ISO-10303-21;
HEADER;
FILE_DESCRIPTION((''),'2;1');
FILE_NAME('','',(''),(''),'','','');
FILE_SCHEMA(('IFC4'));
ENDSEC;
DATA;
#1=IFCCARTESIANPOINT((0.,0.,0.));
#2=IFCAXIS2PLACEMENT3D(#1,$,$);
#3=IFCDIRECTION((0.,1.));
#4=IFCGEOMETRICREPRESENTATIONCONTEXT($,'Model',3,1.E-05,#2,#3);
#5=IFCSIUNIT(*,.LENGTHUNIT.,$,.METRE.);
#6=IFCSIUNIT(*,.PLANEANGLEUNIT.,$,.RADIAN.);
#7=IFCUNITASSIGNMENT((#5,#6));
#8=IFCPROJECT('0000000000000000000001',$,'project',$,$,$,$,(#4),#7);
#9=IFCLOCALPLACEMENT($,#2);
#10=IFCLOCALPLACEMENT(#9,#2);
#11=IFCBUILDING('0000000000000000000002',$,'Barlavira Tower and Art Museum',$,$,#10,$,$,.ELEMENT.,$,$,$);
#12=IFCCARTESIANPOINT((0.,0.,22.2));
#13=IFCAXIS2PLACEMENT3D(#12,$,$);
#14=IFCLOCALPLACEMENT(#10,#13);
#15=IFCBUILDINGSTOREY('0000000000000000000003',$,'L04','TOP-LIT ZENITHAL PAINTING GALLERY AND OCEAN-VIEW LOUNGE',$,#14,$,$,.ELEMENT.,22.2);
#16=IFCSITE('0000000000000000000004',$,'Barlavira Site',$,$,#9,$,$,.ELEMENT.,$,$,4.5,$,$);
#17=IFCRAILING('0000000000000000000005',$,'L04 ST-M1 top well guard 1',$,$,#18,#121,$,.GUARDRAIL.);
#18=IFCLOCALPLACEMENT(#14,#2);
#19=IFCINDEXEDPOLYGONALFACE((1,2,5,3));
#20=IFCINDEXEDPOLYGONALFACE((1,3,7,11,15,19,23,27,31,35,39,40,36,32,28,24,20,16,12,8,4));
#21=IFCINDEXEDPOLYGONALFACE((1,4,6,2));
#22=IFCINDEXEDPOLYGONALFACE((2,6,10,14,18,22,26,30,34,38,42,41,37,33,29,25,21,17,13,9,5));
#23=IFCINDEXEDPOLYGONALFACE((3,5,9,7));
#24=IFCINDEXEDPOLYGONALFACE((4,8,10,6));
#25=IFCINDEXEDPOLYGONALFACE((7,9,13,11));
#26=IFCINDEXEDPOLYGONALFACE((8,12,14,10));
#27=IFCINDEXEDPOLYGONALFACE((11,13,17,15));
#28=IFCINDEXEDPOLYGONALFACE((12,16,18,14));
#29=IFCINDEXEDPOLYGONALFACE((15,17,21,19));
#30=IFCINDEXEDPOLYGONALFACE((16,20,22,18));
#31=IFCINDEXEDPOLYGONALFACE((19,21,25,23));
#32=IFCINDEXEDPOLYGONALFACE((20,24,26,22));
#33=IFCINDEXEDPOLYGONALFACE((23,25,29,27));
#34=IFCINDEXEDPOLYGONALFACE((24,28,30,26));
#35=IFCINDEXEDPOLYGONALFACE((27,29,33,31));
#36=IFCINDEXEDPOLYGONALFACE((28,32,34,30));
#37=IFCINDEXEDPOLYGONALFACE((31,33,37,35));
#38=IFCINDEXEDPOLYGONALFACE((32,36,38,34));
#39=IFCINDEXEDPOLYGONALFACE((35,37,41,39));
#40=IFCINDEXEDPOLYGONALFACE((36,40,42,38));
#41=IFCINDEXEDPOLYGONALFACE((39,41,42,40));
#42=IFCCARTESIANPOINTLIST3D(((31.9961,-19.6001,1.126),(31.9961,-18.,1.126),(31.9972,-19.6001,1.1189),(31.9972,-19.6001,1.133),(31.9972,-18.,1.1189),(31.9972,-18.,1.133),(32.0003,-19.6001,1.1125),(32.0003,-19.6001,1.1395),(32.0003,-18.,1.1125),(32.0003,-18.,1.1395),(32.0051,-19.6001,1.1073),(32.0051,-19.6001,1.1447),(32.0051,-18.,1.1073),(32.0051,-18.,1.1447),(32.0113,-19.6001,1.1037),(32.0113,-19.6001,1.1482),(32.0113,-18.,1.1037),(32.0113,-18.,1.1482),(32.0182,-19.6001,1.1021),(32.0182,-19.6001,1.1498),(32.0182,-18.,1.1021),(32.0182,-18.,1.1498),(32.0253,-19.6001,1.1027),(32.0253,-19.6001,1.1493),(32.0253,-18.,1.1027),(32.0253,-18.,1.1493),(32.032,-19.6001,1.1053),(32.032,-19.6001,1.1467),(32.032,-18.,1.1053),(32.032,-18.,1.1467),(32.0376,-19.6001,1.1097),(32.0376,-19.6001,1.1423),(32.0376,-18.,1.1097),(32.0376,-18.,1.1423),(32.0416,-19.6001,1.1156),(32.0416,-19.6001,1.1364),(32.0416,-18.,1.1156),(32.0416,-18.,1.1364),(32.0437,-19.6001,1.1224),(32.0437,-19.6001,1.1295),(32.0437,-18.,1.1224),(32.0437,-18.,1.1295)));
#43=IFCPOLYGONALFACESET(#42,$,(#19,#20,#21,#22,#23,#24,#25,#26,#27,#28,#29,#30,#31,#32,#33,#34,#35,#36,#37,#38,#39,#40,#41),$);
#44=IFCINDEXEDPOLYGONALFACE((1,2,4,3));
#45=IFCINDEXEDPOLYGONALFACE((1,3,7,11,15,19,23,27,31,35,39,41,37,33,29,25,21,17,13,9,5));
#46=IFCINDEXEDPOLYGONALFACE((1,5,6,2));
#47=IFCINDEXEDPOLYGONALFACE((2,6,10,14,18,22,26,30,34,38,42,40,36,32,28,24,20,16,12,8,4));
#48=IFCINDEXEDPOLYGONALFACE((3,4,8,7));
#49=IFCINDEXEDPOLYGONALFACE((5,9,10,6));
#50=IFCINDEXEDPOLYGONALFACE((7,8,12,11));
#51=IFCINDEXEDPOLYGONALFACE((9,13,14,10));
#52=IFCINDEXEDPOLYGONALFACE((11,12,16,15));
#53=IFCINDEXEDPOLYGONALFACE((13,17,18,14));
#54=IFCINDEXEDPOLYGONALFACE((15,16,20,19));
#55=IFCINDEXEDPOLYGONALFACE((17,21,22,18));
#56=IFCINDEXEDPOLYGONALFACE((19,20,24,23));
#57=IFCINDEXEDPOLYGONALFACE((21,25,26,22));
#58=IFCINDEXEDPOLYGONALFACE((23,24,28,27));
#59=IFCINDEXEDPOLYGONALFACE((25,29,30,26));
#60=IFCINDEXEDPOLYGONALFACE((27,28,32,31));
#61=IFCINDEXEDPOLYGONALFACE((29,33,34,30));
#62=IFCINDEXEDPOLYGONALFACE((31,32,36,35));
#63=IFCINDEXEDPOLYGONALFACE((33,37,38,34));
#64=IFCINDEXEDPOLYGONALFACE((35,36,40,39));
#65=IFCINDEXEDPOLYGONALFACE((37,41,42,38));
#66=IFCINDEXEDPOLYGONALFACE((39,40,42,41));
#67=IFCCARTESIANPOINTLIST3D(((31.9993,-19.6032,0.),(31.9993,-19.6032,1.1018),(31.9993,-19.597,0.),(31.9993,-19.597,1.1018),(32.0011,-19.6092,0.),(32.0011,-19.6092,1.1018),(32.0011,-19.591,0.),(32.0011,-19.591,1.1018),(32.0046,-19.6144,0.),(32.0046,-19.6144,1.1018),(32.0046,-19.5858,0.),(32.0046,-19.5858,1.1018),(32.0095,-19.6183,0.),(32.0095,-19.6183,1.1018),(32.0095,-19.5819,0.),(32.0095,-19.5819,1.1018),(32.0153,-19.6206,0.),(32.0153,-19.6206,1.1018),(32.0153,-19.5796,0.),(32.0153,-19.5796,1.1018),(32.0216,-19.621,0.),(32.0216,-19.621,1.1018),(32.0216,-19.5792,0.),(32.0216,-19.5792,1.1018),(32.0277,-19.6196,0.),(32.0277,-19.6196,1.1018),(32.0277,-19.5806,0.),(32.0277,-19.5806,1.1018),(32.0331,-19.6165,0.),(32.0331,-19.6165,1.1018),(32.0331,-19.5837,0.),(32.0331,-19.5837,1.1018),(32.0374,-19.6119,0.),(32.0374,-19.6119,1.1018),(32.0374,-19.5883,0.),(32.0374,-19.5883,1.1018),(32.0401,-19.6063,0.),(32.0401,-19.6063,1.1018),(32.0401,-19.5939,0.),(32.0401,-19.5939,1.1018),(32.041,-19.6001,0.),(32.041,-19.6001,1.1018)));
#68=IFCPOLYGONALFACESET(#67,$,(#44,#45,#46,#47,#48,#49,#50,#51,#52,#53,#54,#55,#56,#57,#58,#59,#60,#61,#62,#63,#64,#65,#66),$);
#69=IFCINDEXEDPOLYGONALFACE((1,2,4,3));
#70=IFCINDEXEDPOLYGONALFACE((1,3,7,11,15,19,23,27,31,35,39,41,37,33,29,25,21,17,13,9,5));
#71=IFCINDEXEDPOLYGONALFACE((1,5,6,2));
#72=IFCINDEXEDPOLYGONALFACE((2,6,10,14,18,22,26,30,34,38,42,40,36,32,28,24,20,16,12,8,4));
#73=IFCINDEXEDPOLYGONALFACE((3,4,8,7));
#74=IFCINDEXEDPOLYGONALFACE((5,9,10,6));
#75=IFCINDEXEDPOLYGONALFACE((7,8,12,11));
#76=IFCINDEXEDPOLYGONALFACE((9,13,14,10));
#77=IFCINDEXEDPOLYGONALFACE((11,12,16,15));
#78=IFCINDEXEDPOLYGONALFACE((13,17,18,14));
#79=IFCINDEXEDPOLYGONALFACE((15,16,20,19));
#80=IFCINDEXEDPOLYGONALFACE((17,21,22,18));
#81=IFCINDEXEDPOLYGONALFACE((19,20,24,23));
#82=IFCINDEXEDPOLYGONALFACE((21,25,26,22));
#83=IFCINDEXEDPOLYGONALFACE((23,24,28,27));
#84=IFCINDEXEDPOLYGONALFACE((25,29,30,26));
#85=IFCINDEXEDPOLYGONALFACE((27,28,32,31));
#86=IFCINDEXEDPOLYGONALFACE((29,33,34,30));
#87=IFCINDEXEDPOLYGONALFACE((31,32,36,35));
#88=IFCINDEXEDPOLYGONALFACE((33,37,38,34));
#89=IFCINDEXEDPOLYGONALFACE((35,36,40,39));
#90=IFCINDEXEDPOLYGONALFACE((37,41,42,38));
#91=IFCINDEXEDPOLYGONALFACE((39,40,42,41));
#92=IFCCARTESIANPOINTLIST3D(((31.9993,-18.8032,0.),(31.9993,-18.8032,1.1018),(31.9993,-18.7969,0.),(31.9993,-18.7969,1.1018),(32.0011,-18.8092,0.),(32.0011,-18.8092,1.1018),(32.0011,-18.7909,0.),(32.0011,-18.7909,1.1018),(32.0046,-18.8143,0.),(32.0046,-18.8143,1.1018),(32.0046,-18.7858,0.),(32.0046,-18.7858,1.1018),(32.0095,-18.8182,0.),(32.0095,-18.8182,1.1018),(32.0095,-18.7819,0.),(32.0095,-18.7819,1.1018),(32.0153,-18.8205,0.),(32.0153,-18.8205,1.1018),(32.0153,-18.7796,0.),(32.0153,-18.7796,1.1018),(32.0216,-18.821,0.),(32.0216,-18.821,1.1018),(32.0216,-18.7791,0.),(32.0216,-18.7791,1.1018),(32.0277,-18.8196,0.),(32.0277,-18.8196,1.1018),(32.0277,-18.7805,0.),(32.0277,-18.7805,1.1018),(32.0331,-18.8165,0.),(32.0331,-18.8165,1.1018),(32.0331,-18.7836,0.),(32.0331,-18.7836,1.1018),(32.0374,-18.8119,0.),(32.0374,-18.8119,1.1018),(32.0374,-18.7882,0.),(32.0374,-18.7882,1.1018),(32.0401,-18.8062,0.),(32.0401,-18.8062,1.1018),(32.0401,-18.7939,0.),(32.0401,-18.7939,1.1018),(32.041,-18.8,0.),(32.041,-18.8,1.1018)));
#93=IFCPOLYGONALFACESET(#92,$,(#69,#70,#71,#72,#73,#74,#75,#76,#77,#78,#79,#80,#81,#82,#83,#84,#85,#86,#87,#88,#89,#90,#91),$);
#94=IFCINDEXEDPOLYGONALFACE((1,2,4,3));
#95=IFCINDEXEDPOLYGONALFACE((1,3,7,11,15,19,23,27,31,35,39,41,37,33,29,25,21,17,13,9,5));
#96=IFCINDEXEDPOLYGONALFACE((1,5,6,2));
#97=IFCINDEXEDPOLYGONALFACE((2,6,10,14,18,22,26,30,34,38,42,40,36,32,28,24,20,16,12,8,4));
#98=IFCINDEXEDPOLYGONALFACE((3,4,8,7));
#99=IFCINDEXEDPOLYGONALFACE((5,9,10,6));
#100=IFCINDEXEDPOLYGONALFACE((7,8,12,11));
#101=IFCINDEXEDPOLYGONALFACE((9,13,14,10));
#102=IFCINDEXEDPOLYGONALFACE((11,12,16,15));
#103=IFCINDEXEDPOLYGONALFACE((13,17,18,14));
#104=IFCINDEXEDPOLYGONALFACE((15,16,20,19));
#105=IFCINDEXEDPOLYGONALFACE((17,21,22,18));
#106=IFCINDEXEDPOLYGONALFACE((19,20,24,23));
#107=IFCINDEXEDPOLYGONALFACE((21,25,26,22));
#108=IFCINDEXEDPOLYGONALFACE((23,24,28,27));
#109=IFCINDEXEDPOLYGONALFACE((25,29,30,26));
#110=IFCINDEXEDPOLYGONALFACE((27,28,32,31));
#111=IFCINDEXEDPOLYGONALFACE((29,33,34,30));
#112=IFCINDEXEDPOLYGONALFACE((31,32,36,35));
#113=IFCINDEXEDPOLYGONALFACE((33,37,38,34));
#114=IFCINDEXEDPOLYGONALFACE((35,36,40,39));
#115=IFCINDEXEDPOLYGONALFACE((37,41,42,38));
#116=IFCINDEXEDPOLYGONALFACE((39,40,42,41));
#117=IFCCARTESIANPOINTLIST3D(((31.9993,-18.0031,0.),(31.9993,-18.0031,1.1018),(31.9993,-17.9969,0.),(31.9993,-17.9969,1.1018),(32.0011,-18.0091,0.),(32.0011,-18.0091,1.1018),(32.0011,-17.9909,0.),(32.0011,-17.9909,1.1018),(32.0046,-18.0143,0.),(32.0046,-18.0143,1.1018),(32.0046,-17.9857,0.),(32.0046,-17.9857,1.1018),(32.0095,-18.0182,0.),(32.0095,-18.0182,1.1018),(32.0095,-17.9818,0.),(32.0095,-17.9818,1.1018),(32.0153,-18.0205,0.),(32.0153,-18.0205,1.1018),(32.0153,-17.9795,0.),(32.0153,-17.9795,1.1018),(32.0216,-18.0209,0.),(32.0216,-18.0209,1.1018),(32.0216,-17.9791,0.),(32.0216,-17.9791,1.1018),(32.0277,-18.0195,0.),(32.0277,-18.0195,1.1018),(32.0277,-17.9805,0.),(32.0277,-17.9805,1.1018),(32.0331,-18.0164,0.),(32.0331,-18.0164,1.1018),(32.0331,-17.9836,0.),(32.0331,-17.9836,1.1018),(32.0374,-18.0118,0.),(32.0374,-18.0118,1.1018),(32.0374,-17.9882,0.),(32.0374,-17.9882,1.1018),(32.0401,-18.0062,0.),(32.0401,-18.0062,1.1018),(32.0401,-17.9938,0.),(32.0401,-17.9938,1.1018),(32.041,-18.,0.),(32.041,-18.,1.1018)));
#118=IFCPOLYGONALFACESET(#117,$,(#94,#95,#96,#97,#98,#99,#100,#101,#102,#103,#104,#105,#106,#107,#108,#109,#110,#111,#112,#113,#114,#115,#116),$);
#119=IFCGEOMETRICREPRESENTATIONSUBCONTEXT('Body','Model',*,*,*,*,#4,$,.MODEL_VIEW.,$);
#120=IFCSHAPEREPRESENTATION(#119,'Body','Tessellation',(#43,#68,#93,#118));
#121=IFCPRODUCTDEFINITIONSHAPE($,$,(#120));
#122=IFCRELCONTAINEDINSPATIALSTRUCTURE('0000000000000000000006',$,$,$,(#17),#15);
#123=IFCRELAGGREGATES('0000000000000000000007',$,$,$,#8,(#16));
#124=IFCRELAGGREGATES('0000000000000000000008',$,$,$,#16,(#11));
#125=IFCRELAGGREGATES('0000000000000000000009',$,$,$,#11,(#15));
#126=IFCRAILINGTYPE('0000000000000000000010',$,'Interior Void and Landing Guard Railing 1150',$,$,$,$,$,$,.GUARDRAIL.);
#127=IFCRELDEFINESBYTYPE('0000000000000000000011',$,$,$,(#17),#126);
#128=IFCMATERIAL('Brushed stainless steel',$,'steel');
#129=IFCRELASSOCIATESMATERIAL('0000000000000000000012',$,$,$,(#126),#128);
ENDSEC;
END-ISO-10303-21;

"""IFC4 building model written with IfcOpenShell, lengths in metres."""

from ifc_helpers import new_model, si_unit, direction, frame, origin, origin_2d, place, context, subcontext, project, spatial, circle, extrude, material, type_object, element, save


model = new_model("IFC4")

# Units and contexts
model_context = context("Model", 3, precision=1e-05, world=origin(), true_north=direction((0.0, 1.0)))
body_context = subcontext(model_context, "Body", "Model", "MODEL_VIEW")
ifc_project = project(units=[si_unit("LENGTHUNIT", "METRE"), si_unit("PLANEANGLEUNIT", "RADIAN")], contexts=[model_context])

# Site, building, storey
site_placement = place(None, origin())
site = spatial("IfcSite", under=ifc_project, at=site_placement, Name="Barlavira Site", CompositionType="ELEMENT", RefElevation=4.5)
building_placement = place(site_placement, origin())
building = spatial("IfcBuilding", under=site, at=building_placement, Name="Barlavira Tower and Art Museum", CompositionType="ELEMENT")
storey_placement = place(building_placement, frame((0.0, 0.0, 22.2)))
storey = spatial("IfcBuildingStorey", under=building, at=storey_placement, Name="L04", Description="TOP-LIT ZENITHAL PAINTING GALLERY AND OCEAN-VIEW LOUNGE", CompositionType="ELEMENT", Elevation=22.2)

# Shared definitions
ifc_material_1 = material(Name="Brushed stainless steel", Category="steel")

# Railing
railing_type = type_object("IfcRailingType", Name="Interior Void and Landing Guard Railing 1150", PredefinedType="GUARDRAIL", material=ifc_material_1)
railing_placement = place(storey_placement, frame((32.02, -19.6001, 0.0)))
element("IfcRailing", 1, at=railing_placement, inside=storey, type_object=railing_type, Name="L04 ST-M1 top well guard 1", PredefinedType="GUARDRAIL", context=body_context, shape_type="SweptSolid", body=[
    extrude(circle(Radius=0.0239, at=origin_2d()), frame((0.0, 0.0, 1.126), z_axis=(0.0, 1.0, 0.0), x_axis=(-1.0, 0.0, 0.0)), (0.0, 0.0, 1.0), 1.6001),
    extrude(circle(Radius=0.021, at=origin_2d()), origin(), (0.0, 0.0, 1.0), 1.1018),
    extrude(circle(Radius=0.021, at=origin_2d()), frame((0.0, 0.8, 0.0)), (0.0, 0.0, 1.0), 1.1018),
    extrude(circle(Radius=0.021, at=origin_2d()), frame((0.0, 1.6001, 0.0)), (0.0, 0.0, 1.0), 1.1018),
])

save(model, "model.ifc")
